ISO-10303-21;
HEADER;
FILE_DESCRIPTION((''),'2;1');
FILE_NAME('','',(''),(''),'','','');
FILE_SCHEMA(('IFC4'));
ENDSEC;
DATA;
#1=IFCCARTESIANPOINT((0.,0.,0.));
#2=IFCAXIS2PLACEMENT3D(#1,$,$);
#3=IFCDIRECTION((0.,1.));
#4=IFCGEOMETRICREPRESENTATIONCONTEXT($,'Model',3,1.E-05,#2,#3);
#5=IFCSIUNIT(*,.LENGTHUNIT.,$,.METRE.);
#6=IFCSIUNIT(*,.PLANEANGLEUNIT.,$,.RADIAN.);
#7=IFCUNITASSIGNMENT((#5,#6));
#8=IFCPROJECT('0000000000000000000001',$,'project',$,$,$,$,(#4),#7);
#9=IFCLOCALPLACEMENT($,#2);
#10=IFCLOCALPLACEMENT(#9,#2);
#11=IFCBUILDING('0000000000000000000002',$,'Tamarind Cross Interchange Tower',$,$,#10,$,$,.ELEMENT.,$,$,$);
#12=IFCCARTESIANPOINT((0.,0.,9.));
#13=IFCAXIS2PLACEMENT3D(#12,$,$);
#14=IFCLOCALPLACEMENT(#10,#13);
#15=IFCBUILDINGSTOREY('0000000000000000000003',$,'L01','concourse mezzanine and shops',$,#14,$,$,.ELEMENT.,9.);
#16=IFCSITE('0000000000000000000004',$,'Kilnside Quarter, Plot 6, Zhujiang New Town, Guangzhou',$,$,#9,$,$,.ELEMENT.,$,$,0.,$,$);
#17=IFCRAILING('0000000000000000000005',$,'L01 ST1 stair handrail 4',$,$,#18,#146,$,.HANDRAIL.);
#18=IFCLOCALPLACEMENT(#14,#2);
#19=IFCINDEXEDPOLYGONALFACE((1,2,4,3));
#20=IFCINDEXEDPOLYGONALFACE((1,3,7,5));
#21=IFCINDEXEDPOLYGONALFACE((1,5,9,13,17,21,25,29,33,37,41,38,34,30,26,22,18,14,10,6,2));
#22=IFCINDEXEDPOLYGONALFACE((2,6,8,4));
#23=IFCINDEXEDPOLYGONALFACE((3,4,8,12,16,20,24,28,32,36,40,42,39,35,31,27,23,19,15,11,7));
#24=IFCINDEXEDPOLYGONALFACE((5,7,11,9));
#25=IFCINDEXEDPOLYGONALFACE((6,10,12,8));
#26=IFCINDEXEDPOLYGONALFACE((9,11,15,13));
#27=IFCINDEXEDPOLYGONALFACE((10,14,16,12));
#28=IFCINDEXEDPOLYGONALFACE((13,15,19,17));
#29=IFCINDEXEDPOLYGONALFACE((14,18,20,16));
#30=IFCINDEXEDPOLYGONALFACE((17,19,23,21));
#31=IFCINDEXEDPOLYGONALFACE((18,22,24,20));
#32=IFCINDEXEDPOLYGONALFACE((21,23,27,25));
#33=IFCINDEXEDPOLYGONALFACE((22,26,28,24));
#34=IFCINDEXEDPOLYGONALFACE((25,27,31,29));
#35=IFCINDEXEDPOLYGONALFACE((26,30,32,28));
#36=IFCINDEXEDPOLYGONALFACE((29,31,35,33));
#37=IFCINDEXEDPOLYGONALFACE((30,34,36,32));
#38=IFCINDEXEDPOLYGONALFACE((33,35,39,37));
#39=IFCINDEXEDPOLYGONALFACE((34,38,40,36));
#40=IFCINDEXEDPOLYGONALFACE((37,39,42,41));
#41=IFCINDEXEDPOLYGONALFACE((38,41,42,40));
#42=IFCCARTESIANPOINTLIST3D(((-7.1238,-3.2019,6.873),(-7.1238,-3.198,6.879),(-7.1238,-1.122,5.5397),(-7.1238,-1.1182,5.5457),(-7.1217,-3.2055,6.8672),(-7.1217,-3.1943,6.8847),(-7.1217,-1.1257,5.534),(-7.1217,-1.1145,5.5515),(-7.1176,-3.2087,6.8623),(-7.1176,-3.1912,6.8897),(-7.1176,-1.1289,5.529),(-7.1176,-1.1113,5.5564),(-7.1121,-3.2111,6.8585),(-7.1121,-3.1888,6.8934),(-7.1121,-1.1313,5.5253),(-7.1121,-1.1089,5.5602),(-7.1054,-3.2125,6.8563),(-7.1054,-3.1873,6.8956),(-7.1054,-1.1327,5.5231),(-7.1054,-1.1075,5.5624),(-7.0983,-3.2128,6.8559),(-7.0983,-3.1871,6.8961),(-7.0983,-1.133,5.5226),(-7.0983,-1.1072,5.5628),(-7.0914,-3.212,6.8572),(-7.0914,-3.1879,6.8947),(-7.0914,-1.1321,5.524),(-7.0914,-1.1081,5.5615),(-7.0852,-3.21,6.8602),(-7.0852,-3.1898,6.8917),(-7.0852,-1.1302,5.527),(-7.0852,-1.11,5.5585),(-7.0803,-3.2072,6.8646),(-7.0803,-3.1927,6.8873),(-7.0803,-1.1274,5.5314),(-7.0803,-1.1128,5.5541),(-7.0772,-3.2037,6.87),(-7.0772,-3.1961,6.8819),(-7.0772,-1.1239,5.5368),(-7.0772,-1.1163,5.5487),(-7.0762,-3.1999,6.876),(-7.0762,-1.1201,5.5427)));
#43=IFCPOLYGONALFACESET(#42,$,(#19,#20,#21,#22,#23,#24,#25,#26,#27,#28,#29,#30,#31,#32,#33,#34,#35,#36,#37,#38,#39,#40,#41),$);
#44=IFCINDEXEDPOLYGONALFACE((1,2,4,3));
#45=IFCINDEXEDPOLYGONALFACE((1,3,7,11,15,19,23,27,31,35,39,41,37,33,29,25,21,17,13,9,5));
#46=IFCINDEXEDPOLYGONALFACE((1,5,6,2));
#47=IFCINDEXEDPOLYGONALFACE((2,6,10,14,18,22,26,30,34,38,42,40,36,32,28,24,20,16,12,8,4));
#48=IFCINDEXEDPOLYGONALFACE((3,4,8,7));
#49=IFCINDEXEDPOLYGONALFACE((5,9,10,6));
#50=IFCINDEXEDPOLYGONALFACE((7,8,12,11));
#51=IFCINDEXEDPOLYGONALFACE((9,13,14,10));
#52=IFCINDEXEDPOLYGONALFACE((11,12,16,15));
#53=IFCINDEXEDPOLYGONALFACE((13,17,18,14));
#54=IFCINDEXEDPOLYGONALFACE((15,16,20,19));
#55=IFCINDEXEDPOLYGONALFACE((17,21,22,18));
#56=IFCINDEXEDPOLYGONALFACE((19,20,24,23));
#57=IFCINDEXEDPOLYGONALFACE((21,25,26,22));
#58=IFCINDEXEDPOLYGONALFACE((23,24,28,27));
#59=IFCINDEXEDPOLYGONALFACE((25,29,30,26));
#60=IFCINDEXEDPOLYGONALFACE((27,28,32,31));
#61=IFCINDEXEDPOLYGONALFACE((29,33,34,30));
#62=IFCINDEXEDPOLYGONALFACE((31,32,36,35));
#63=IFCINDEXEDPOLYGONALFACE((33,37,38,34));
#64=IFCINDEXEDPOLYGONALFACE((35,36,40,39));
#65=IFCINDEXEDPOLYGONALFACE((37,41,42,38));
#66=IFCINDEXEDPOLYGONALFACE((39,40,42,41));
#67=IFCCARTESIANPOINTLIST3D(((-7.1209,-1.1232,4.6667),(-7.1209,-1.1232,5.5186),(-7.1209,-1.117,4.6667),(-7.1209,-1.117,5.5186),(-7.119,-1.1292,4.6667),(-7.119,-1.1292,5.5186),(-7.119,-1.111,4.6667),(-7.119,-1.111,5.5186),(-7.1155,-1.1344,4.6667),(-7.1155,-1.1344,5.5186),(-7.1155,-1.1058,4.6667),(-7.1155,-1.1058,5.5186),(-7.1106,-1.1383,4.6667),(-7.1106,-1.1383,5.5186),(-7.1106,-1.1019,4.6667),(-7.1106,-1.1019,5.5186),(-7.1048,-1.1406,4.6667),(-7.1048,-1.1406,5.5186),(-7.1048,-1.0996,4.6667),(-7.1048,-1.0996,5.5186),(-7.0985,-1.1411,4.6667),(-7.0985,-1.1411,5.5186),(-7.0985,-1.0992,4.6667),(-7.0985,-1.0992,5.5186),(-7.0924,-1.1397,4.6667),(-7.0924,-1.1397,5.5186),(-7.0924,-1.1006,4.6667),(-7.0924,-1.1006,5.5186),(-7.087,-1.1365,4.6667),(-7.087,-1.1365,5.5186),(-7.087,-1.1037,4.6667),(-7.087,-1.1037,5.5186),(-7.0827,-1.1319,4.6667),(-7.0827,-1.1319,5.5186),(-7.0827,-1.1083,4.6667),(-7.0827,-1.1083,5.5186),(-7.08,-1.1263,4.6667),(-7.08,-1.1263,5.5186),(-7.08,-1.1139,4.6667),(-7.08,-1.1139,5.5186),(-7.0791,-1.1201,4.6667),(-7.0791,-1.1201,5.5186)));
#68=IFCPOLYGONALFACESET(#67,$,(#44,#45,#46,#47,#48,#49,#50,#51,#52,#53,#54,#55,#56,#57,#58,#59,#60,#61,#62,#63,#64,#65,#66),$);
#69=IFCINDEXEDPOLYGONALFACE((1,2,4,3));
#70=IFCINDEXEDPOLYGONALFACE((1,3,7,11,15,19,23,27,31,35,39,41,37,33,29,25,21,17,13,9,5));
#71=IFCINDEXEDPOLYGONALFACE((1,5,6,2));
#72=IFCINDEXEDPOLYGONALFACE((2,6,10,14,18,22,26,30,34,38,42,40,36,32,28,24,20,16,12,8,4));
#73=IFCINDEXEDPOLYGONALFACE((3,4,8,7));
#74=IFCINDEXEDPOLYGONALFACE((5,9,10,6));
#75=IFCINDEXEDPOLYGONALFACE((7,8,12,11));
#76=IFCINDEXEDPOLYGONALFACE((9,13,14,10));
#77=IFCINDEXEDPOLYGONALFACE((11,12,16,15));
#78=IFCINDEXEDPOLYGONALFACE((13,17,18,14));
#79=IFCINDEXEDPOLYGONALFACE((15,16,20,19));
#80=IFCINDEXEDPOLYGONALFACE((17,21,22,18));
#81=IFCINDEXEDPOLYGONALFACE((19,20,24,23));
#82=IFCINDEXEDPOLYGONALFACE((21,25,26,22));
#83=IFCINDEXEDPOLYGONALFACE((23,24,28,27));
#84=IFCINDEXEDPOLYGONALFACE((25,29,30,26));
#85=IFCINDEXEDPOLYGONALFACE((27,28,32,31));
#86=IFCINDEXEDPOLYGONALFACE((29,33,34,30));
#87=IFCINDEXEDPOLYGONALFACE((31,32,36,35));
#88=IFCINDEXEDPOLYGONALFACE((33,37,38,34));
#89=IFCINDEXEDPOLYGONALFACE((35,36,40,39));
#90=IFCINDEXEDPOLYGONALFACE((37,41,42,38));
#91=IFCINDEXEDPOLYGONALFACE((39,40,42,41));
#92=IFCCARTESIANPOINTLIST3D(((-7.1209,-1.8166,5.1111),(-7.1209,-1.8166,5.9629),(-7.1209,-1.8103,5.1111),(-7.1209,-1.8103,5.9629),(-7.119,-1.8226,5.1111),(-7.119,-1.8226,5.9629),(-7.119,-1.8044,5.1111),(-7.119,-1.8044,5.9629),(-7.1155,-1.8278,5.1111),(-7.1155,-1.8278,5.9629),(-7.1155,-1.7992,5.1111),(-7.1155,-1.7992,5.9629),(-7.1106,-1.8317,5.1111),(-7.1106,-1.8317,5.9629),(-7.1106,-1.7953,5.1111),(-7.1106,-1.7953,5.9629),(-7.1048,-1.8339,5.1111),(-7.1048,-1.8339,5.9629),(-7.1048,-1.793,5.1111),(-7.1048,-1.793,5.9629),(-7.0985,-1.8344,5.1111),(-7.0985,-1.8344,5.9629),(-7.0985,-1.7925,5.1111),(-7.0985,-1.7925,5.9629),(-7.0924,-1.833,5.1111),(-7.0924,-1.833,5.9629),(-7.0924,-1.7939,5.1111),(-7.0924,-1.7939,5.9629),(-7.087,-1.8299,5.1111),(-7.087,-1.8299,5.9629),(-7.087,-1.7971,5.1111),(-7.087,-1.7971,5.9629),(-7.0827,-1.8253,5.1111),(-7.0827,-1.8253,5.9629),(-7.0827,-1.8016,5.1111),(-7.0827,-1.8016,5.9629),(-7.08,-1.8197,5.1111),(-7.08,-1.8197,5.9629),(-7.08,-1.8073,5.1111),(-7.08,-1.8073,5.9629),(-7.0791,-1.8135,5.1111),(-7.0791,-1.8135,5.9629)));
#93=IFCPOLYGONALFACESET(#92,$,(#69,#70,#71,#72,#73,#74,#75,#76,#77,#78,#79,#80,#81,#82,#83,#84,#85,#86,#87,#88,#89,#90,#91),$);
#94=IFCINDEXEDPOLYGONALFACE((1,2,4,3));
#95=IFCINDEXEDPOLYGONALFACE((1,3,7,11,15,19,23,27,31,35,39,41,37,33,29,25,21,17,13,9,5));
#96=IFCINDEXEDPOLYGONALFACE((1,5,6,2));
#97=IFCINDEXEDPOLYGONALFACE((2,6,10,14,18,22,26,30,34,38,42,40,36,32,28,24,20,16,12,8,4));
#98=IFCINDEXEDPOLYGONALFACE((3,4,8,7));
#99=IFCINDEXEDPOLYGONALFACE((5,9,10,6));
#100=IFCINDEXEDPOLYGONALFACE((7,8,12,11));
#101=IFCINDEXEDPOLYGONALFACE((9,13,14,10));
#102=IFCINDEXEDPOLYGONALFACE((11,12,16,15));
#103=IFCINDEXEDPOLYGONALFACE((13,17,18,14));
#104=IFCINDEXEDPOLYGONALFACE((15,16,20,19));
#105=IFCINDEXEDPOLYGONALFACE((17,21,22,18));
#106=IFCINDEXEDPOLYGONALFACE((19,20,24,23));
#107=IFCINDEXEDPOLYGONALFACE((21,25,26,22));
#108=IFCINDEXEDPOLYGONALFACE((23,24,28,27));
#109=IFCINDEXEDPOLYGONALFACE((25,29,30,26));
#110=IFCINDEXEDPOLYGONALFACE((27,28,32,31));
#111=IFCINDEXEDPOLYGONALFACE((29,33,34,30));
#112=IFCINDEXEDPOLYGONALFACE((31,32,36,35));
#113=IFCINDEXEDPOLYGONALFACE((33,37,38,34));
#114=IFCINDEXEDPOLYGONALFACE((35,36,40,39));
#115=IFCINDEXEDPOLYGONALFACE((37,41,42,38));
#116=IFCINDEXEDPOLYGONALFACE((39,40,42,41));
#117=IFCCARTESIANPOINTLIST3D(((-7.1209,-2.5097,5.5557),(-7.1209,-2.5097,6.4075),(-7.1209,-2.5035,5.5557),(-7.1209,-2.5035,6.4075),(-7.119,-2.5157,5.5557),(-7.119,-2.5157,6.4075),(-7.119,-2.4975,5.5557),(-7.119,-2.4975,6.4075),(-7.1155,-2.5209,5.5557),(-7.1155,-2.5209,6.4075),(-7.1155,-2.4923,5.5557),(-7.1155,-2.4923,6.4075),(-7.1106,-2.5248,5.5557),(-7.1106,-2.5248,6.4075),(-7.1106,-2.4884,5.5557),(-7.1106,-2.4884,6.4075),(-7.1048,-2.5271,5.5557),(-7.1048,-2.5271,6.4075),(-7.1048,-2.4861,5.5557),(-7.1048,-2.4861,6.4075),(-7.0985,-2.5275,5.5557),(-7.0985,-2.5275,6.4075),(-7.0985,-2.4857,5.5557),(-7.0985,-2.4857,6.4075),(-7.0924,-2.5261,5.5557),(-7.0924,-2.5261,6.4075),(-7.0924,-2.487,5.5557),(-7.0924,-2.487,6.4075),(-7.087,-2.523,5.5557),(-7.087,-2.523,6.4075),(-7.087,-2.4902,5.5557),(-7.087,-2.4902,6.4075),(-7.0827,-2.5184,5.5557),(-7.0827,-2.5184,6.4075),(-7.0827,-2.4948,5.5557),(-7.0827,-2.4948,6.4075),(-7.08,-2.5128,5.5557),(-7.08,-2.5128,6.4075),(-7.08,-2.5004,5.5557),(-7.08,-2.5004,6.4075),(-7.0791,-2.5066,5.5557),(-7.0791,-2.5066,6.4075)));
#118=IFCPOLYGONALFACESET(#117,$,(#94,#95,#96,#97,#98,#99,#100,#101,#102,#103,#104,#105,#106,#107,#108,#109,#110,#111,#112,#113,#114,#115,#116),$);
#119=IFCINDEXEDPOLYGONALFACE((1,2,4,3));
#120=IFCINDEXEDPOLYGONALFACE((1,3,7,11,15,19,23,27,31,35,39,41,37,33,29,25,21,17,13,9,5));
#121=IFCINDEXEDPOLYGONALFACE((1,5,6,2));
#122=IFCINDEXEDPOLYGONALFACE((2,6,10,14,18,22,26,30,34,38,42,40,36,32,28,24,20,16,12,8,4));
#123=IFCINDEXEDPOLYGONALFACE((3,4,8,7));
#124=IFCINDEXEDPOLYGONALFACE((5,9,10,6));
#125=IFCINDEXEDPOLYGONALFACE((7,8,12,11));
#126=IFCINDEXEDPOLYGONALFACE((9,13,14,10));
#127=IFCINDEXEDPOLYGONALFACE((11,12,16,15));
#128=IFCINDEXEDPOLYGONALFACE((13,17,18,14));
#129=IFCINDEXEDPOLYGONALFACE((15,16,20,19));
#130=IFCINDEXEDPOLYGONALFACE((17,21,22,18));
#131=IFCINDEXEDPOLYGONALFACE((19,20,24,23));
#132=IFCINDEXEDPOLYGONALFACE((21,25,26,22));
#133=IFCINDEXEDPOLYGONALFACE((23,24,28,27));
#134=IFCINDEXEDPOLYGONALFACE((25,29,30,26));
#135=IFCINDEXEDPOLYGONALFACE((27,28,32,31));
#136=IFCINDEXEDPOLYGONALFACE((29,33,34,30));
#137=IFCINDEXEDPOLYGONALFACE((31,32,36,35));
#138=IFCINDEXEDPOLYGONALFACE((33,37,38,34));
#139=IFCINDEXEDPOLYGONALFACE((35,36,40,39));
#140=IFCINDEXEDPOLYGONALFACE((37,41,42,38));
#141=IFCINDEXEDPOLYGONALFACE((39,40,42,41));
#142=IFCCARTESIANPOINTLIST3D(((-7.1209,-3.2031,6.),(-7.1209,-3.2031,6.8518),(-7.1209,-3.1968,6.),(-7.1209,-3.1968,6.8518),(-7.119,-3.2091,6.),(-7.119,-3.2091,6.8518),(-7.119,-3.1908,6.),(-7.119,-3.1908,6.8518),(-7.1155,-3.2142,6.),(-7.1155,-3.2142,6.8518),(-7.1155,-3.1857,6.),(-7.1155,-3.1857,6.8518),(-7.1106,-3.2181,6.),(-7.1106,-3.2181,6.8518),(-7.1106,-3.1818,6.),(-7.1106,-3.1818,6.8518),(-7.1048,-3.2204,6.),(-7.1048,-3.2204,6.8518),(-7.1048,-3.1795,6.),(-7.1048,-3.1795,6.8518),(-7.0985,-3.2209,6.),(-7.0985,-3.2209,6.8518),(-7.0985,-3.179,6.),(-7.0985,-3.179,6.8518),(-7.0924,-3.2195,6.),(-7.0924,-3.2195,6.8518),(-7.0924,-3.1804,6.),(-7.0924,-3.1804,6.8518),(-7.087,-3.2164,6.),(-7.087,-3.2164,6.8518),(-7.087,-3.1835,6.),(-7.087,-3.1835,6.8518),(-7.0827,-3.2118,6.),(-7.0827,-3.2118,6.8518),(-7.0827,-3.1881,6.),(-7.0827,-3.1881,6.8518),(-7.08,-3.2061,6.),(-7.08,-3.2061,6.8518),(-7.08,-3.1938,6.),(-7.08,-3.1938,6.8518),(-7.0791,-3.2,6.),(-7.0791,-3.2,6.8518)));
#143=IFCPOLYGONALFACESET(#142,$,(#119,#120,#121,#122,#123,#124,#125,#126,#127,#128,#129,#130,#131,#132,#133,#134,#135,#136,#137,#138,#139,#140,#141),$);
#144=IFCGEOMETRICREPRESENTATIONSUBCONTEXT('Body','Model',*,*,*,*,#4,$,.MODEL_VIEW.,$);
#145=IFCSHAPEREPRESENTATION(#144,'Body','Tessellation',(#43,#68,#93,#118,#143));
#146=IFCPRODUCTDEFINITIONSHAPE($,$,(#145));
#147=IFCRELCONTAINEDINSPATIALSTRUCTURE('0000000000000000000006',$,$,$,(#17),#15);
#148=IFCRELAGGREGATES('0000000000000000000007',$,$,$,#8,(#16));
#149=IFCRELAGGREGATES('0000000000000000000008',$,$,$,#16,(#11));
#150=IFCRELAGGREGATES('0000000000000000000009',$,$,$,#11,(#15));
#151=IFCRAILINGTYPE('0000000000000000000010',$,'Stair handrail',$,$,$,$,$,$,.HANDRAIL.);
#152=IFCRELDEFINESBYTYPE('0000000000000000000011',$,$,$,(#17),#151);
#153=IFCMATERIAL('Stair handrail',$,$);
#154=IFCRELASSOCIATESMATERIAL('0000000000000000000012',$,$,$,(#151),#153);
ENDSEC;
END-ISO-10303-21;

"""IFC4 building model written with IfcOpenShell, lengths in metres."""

from ifc_helpers import new_model, si_unit, direction, frame, origin, origin_2d, place, context, subcontext, project, spatial, circle, extrude, material, type_object, element, save


model = new_model("IFC4")

# Units and contexts
model_context = context("Model", 3, precision=1e-05, world=origin(), true_north=direction((0.0, 1.0)))
body_context = subcontext(model_context, "Body", "Model", "MODEL_VIEW")
ifc_project = project(units=[si_unit("LENGTHUNIT", "METRE"), si_unit("PLANEANGLEUNIT", "RADIAN")], contexts=[model_context])

# Site, building, storey
site_placement = place(None, origin())
site = spatial("IfcSite", under=ifc_project, at=site_placement, Name="Kilnside Quarter, Plot 6, Zhujiang New Town, Guangzhou", CompositionType="ELEMENT", RefElevation=0.0)
building_placement = place(site_placement, origin())
building = spatial("IfcBuilding", under=site, at=building_placement, Name="Tamarind Cross Interchange Tower", CompositionType="ELEMENT")
storey_placement = place(building_placement, frame((0.0, 0.0, 9.0)))
storey = spatial("IfcBuildingStorey", under=building, at=storey_placement, Name="L01", Description="concourse mezzanine and shops", CompositionType="ELEMENT", Elevation=9.0)

# Railing
ifc_material_1 = material(Name="Stair handrail")
railing_type_1 = type_object("IfcRailingType", Name="Stair handrail", PredefinedType="HANDRAIL", material=ifc_material_1)
railing_1_placement = place(storey_placement, frame((-7.1001, -1.1201, 4.6667)))
element("IfcRailing", 1, at=railing_1_placement, inside=storey, type_object=railing_type_1, Name="L01 ST1 stair handrail 4", PredefinedType="HANDRAIL", context=body_context, shape_type="SweptSolid", body=[
    extrude(circle(Radius=0.0239, at=origin_2d()), frame((0.0, 0.0, 0.876), z_axis=(0.0, -0.841875, 0.539673), x_axis=(1.0, 0.0, 0.0)), (0.0, 0.0, 1.0), 2.4705),
    extrude(circle(Radius=0.021, at=origin_2d()), origin(), (0.0, 0.0, 1.0), 0.8518),
    extrude(circle(Radius=0.021, at=origin_2d()), frame((0.0, -0.6934, 0.4443)), (0.0, 0.0, 1.0), 0.8518),
    extrude(circle(Radius=0.021, at=origin_2d()), frame((0.0, -1.3865, 0.8889)), (0.0, 0.0, 1.0), 0.8518),
    extrude(circle(Radius=0.021, at=origin_2d()), frame((0.0, -2.0798, 1.3333)), (0.0, 0.0, 1.0), 0.8518),
])

save(model, "model.ifc")
